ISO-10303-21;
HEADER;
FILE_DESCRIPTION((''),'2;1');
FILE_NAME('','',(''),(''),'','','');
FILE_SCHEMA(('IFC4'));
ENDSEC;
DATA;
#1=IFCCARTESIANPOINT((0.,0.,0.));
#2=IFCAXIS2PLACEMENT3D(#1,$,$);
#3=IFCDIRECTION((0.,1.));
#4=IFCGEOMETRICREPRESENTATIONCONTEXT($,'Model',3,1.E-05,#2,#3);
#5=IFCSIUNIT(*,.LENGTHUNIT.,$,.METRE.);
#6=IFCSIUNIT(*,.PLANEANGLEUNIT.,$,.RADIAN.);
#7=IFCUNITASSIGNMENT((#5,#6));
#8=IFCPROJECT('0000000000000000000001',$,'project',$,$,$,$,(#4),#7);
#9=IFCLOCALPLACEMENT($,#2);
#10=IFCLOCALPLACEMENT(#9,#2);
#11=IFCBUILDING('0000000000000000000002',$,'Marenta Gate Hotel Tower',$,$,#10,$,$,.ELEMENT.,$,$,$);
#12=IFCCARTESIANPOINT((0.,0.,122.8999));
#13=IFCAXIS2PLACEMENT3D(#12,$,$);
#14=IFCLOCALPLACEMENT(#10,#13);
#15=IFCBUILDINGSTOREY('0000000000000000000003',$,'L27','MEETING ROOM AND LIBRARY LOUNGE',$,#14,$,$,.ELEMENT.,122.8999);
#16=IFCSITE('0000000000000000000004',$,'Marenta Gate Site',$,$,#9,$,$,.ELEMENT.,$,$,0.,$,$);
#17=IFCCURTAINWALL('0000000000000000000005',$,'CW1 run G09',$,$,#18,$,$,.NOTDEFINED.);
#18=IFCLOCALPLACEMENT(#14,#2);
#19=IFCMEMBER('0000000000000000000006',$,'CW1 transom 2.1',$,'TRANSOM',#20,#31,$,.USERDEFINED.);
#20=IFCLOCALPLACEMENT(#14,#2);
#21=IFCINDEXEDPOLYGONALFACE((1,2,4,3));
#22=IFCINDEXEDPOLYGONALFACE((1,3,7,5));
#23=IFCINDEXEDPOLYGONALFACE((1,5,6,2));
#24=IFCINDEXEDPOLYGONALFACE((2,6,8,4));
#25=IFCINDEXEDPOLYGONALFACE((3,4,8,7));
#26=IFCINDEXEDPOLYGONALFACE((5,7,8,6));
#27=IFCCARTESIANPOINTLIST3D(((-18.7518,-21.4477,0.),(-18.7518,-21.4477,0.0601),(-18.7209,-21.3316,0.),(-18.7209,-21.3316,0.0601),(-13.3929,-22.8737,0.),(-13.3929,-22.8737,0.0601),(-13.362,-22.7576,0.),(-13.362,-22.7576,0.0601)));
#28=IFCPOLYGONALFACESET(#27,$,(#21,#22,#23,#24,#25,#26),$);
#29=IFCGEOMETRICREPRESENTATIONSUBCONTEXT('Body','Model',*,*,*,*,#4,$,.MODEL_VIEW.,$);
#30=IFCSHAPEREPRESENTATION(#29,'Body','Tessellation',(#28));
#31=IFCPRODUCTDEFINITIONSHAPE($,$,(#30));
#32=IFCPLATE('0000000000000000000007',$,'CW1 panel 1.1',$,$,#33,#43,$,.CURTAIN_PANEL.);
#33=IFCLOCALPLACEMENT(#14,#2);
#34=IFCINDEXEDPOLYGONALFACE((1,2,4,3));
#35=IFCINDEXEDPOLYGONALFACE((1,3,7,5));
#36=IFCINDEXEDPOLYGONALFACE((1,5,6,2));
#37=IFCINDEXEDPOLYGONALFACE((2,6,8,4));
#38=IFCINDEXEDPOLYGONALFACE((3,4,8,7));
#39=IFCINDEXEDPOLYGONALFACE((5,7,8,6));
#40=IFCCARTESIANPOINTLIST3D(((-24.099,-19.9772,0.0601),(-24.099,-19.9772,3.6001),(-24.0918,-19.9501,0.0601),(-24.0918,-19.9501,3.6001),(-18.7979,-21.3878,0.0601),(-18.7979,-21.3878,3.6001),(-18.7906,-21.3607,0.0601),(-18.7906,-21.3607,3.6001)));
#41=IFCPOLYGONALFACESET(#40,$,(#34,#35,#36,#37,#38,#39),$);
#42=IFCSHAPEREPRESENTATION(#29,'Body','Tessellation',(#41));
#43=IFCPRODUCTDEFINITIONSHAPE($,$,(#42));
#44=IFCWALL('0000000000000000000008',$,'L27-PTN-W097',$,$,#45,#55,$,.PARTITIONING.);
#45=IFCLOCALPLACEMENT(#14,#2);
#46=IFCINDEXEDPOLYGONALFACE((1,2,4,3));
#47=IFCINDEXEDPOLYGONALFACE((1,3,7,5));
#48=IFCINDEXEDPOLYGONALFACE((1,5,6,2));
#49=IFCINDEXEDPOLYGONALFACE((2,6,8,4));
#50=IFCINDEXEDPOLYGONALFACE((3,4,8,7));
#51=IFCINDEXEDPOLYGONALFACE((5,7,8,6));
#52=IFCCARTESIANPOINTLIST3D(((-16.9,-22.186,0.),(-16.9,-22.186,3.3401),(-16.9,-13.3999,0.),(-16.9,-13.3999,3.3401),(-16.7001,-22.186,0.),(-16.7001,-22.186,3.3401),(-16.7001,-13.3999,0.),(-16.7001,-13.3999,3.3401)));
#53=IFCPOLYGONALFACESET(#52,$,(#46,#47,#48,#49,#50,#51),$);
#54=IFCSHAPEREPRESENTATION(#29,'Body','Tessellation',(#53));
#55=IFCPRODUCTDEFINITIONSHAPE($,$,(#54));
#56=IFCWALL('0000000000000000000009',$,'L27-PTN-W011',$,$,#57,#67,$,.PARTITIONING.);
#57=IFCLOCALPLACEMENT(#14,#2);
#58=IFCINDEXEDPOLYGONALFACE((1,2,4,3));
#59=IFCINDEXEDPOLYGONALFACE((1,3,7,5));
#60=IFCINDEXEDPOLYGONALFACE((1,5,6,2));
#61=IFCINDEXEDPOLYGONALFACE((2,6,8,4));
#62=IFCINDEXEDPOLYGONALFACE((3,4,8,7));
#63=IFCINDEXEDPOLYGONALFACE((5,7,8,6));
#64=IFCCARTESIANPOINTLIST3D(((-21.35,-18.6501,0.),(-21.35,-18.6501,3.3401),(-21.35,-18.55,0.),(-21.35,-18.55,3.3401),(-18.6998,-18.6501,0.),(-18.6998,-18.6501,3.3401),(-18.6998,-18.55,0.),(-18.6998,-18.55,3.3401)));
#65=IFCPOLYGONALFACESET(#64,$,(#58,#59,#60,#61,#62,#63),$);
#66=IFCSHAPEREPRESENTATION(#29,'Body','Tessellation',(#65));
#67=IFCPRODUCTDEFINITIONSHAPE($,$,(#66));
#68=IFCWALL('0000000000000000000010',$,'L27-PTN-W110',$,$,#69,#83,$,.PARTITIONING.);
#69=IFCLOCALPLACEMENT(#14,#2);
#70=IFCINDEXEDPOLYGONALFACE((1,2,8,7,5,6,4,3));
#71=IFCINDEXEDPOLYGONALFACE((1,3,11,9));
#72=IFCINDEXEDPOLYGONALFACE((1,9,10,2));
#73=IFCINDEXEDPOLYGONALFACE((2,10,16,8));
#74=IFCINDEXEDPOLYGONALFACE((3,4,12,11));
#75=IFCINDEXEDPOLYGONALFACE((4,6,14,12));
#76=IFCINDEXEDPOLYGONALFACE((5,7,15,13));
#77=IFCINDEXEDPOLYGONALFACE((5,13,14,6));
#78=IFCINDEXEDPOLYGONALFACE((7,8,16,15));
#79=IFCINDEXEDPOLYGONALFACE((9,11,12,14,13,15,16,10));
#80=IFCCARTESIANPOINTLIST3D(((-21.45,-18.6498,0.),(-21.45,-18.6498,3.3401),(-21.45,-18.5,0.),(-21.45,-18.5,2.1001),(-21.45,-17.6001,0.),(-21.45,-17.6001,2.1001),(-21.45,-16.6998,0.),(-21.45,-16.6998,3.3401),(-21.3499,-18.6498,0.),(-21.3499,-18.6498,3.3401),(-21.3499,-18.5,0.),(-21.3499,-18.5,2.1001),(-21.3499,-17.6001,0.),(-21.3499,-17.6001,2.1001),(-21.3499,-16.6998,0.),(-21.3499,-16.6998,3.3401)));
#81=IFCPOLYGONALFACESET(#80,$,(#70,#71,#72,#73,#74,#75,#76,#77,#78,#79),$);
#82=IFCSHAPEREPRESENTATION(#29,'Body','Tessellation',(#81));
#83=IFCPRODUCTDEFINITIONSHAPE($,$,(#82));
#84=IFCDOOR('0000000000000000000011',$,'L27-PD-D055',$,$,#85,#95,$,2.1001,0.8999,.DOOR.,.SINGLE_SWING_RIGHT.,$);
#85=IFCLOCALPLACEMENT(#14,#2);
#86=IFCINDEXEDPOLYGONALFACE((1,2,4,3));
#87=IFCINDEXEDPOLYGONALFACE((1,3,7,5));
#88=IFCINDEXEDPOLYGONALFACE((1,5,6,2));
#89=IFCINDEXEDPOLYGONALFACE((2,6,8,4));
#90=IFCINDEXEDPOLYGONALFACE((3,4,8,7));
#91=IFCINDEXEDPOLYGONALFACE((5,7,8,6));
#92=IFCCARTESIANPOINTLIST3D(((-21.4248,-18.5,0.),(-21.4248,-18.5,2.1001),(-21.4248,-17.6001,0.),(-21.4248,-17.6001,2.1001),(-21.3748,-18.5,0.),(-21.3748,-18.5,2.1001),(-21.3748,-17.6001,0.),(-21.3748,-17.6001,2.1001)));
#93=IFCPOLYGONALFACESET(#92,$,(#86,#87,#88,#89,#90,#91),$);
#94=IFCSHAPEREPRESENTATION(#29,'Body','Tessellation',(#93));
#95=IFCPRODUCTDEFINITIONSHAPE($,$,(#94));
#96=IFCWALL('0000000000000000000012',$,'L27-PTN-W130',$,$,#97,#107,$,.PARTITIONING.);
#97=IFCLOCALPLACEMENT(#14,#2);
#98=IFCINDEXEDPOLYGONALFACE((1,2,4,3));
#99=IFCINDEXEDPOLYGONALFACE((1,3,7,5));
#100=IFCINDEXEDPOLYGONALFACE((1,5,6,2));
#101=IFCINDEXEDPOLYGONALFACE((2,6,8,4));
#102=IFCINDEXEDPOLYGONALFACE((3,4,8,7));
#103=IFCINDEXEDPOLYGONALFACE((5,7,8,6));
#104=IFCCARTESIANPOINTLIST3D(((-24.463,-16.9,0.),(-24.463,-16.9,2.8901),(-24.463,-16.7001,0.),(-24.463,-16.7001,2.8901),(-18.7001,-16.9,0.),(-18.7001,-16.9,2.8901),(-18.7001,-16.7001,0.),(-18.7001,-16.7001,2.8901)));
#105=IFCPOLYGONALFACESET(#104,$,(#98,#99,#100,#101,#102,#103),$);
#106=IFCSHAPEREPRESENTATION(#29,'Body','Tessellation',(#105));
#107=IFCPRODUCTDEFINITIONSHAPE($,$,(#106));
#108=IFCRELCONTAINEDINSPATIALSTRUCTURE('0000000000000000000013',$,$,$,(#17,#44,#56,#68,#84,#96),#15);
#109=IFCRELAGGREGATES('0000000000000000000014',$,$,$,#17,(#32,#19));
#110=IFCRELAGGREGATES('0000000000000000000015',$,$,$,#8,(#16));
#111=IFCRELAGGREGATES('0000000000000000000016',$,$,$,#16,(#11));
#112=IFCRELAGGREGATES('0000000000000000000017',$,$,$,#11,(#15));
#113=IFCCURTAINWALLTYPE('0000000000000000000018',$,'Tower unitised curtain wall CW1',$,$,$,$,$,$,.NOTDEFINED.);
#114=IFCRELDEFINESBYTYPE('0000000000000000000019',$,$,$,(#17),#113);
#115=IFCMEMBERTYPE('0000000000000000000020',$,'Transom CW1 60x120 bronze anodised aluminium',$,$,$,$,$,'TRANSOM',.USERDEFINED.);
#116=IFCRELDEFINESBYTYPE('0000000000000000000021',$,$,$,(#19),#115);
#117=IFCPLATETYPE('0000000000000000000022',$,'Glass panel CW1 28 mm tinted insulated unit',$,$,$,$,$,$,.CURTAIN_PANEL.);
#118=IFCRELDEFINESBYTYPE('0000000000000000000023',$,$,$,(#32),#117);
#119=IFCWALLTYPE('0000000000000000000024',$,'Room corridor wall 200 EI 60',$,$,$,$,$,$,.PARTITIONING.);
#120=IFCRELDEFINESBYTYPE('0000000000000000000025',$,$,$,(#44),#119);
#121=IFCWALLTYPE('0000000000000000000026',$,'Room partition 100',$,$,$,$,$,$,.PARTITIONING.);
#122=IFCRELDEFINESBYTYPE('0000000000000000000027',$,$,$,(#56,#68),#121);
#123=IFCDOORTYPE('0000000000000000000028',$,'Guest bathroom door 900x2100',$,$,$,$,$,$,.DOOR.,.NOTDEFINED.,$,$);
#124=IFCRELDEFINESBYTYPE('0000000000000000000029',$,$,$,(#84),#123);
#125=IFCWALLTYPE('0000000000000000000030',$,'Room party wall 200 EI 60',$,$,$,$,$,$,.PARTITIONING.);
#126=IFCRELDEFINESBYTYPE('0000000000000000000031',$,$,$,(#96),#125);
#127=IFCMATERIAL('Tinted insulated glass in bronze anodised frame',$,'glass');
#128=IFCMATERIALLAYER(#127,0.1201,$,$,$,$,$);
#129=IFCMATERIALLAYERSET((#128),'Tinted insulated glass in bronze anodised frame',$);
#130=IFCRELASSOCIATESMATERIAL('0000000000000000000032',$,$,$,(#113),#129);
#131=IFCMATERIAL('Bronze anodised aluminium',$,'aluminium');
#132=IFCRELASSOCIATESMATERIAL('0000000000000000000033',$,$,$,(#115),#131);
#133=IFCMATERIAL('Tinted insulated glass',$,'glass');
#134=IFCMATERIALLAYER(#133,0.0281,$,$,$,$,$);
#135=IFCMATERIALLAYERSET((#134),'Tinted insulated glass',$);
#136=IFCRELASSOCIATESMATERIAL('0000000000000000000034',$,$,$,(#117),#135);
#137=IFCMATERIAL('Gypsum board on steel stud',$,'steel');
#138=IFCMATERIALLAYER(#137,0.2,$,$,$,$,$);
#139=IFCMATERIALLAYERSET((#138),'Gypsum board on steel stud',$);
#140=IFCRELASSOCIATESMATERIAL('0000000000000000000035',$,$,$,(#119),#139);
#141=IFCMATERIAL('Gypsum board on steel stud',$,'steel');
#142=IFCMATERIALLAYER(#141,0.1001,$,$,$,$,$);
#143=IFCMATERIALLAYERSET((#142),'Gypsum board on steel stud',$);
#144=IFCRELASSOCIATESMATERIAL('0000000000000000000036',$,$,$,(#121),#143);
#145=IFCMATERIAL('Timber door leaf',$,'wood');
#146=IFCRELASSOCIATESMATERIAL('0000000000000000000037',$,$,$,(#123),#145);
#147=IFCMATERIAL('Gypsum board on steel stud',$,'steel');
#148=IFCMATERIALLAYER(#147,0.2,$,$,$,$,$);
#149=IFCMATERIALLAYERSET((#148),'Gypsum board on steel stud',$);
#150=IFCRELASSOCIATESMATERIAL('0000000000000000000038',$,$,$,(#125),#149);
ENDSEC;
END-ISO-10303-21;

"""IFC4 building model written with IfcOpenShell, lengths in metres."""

from ifc_helpers import new_model, si_unit, direction, frame, frame_2d, origin, origin_2d, place, context, subcontext, project, spatial, rectangle, extrude, material, layer, layer_set, material_profile, profile_set, type_object, element, fill, aggregate, save


model = new_model("IFC4")

# Units and contexts
model_context = context("Model", 3, precision=1e-05, world=origin(), true_north=direction((0.0, 1.0)))
body_context = subcontext(model_context, "Body", "Model", "MODEL_VIEW")
ifc_project = project(units=[si_unit("LENGTHUNIT", "METRE"), si_unit("PLANEANGLEUNIT", "RADIAN")], contexts=[model_context])

# Site, building, storey
site_placement = place(None, origin())
site = spatial("IfcSite", under=ifc_project, at=site_placement, Name="Marenta Gate Site", CompositionType="ELEMENT", RefElevation=0.0)
building_placement = place(site_placement, origin())
building = spatial("IfcBuilding", under=site, at=building_placement, Name="Marenta Gate Hotel Tower", CompositionType="ELEMENT")
storey_placement = place(building_placement, frame((0.0, 0.0, 122.8999)))
storey = spatial("IfcBuildingStorey", under=building, at=storey_placement, Name="L27", Description="MEETING ROOM AND LIBRARY LOUNGE", CompositionType="ELEMENT", Elevation=122.8999)

# Curtain wall, member, plate
ifc_material_1 = material(Name="Tinted insulated glass in bronze anodised frame", Category="glass")
ifc_layer_1 = layer(ifc_material_1, 0.1201)
ifc_layer_set_1 = layer_set([ifc_layer_1], Name="Tinted insulated glass in bronze anodised frame")
curtain_wall_type = type_object("IfcCurtainWallType", Name="Tower unitised curtain wall CW1", PredefinedType="NOTDEFINED", material=ifc_layer_set_1)
curtain_wall_placement = place(storey_placement, origin())
curtain_wall = element("IfcCurtainWall", 1, at=curtain_wall_placement, inside=storey, type_object=curtain_wall_type, Name="CW1 run G09", PredefinedType="NOTDEFINED")
ifc_material_2 = material(Name="Bronze anodised aluminium", Category="aluminium")
ifc_material_profile_1 = material_profile(ifc_material_2, rectangle(XDim=0.1201, YDim=0.0601, at=origin_2d()), Name="Transom CW1 60x120 bronze anodised aluminium")
ifc_profile_set_1 = profile_set([ifc_material_profile_1], Name="Bronze anodised aluminium")
member_type_1 = type_object("IfcMemberType", Name="Transom CW1 60x120 bronze anodised aluminium", ElementType="TRANSOM", PredefinedType="USERDEFINED", material=ifc_profile_set_1)
member_1_placement = place(storey_placement, frame((-18.7363, -21.3896, 0.03), z_axis=(0.96637, -0.257156, 0.0), x_axis=(0.257156, 0.96637, 0.0)))
member_1 = element("IfcMember", 2, at=member_1_placement, type_object=member_type_1, Name="CW1 transom 2.1", ObjectType="TRANSOM", PredefinedType="USERDEFINED", context=body_context, shape_type="SweptSolid", body=[
    extrude(rectangle(XDim=0.1201, YDim=0.0601, at=origin_2d()), origin(), (0.0, 0.0, 1.0), 5.5454),
])
ifc_material_3 = material(Name="Tinted insulated glass", Category="glass")
ifc_layer_2 = layer(ifc_material_3, 0.0281)
ifc_layer_set_2 = layer_set([ifc_layer_2], Name="Tinted insulated glass")
plate_type = type_object("IfcPlateType", Name="Glass panel CW1 28 mm tinted insulated unit", PredefinedType="CURTAIN_PANEL", material=ifc_layer_set_2)
plate_placement = place(storey_placement, frame((-21.4448, -20.6689, 0.0601), z_axis=(0.0, 0.0, 1.0), x_axis=(0.966373, -0.257144, 0.0)))
plate = element("IfcPlate", 3, at=plate_placement, type_object=plate_type, Name="CW1 panel 1.1", PredefinedType="CURTAIN_PANEL", context=body_context, shape_type="SweptSolid", body=[
    extrude(rectangle(XDim=5.4856, YDim=0.0281, at=origin_2d()), origin(), (0.0, 0.0, 1.0), 3.54),
])
aggregate(curtain_wall, [plate, member_1])

# Wall
ifc_material_4 = material(Name="Gypsum board on steel stud", Category="steel")
ifc_layer_3 = layer(ifc_material_4, 0.2)
ifc_layer_set_3 = layer_set([ifc_layer_3], Name="Gypsum board on steel stud")
wall_type_1 = type_object("IfcWallType", Name="Room corridor wall 200 EI 60", PredefinedType="PARTITIONING", material=ifc_layer_set_3)
wall_1_placement = place(storey_placement, frame((-16.8, -22.186, 0.0), z_axis=(0.0, 0.0, 1.0), x_axis=(0.0, 1.0, 0.0)))
element("IfcWall", 4, at=wall_1_placement, inside=storey, type_object=wall_type_1, Name="L27-PTN-W097", PredefinedType="PARTITIONING", context=body_context, shape_type="SweptSolid", body=[
    extrude(rectangle(XDim=8.7861, YDim=0.2, at=frame_2d((4.3931, 0.0))), origin(), (0.0, 0.0, 1.0), 3.3401),
])

# Wall
ifc_material_5 = material(Name="Gypsum board on steel stud", Category="steel")
ifc_layer_4 = layer(ifc_material_5, 0.1001)
ifc_layer_set_4 = layer_set([ifc_layer_4], Name="Gypsum board on steel stud")
wall_type_2 = type_object("IfcWallType", Name="Room partition 100", PredefinedType="PARTITIONING", material=ifc_layer_set_4)
wall_2_placement = place(storey_placement, frame((-21.3501, -18.6001, 0.0), z_axis=(0.0, 0.0, 1.0), x_axis=(1.0, 0.0, 0.0)))
element("IfcWall", 5, at=wall_2_placement, inside=storey, type_object=wall_type_2, Name="L27-PTN-W011", PredefinedType="PARTITIONING", context=body_context, shape_type="SweptSolid", body=[
    extrude(rectangle(XDim=2.6501, YDim=0.1001, at=frame_2d((1.3252, 0.0))), origin(), (0.0, 0.0, 1.0), 3.3401),
])

# Wall, opening, door
wall_3_placement = place(storey_placement, frame((-21.3999, -18.6499, 0.0), z_axis=(0.0, 0.0, 1.0), x_axis=(0.0, 1.0, 0.0)))
wall_3 = element("IfcWall", 6, at=wall_3_placement, inside=storey, type_object=wall_type_2, Name="L27-PTN-W110", PredefinedType="PARTITIONING", context=body_context, shape_type="SweptSolid", body=[
    extrude(rectangle(XDim=1.95, YDim=0.1001, at=frame_2d((0.9751, 0.0))), origin(), (0.0, 0.0, 1.0), 3.3401),
])
opening_1_placement = place(wall_3_placement, frame((0.1499, 0.0, 0.0)))
opening_1 = element("IfcOpeningElement", 7, at=opening_1_placement, cuts=wall_3, PredefinedType="OPENING", context=body_context, shape_type="SweptSolid", body=[
    extrude(rectangle(XDim=0.8999, YDim=2.1001, at=frame_2d((0.45, 1.05))), frame((0.0, 0.05, 0.0), z_axis=(0.0, -1.0, 0.0), x_axis=(1.0, 0.0, 0.0)), (0.0, 0.0, 1.0), 0.1001),
])
ifc_material_6 = material(Name="Timber door leaf", Category="wood")
door_type_1 = type_object("IfcDoorType", Name="Guest bathroom door 900x2100", OperationType="NOTDEFINED", PredefinedType="DOOR", material=ifc_material_6)
door_1_placement = place(opening_1_placement, origin())
door_1 = element("IfcDoor", 8, at=door_1_placement, inside=storey, type_object=door_type_1, Name="L27-PD-D055", OperationType="SINGLE_SWING_RIGHT", OverallHeight=2.1001, OverallWidth=0.8999, PredefinedType="DOOR", context=body_context, shape_type="SweptSolid", body=[
    extrude(rectangle(XDim=0.8999, YDim=2.1001, at=frame_2d((0.45, 1.05))), frame((0.0, 0.0249, 0.0), z_axis=(0.0, -1.0, 0.0), x_axis=(1.0, 0.0, 0.0)), (0.0, 0.0, 1.0), 0.05),
])
fill(opening_1, door_1)

# Wall
ifc_material_7 = material(Name="Gypsum board on steel stud", Category="steel")
ifc_layer_5 = layer(ifc_material_7, 0.2)
ifc_layer_set_5 = layer_set([ifc_layer_5], Name="Gypsum board on steel stud")
wall_type_3 = type_object("IfcWallType", Name="Room party wall 200 EI 60", PredefinedType="PARTITIONING", material=ifc_layer_set_5)
wall_4_placement = place(storey_placement, frame((-24.4629, -16.8, 0.0), z_axis=(0.0, 0.0, 1.0), x_axis=(1.0, 0.0, 0.0)))
element("IfcWall", 9, at=wall_4_placement, inside=storey, type_object=wall_type_3, Name="L27-PTN-W130", PredefinedType="PARTITIONING", context=body_context, shape_type="SweptSolid", body=[
    extrude(rectangle(XDim=5.7629, YDim=0.2, at=frame_2d((2.8813, 0.0))), origin(), (0.0, 0.0, 1.0), 2.8901),
])

save(model, "model.ifc")
